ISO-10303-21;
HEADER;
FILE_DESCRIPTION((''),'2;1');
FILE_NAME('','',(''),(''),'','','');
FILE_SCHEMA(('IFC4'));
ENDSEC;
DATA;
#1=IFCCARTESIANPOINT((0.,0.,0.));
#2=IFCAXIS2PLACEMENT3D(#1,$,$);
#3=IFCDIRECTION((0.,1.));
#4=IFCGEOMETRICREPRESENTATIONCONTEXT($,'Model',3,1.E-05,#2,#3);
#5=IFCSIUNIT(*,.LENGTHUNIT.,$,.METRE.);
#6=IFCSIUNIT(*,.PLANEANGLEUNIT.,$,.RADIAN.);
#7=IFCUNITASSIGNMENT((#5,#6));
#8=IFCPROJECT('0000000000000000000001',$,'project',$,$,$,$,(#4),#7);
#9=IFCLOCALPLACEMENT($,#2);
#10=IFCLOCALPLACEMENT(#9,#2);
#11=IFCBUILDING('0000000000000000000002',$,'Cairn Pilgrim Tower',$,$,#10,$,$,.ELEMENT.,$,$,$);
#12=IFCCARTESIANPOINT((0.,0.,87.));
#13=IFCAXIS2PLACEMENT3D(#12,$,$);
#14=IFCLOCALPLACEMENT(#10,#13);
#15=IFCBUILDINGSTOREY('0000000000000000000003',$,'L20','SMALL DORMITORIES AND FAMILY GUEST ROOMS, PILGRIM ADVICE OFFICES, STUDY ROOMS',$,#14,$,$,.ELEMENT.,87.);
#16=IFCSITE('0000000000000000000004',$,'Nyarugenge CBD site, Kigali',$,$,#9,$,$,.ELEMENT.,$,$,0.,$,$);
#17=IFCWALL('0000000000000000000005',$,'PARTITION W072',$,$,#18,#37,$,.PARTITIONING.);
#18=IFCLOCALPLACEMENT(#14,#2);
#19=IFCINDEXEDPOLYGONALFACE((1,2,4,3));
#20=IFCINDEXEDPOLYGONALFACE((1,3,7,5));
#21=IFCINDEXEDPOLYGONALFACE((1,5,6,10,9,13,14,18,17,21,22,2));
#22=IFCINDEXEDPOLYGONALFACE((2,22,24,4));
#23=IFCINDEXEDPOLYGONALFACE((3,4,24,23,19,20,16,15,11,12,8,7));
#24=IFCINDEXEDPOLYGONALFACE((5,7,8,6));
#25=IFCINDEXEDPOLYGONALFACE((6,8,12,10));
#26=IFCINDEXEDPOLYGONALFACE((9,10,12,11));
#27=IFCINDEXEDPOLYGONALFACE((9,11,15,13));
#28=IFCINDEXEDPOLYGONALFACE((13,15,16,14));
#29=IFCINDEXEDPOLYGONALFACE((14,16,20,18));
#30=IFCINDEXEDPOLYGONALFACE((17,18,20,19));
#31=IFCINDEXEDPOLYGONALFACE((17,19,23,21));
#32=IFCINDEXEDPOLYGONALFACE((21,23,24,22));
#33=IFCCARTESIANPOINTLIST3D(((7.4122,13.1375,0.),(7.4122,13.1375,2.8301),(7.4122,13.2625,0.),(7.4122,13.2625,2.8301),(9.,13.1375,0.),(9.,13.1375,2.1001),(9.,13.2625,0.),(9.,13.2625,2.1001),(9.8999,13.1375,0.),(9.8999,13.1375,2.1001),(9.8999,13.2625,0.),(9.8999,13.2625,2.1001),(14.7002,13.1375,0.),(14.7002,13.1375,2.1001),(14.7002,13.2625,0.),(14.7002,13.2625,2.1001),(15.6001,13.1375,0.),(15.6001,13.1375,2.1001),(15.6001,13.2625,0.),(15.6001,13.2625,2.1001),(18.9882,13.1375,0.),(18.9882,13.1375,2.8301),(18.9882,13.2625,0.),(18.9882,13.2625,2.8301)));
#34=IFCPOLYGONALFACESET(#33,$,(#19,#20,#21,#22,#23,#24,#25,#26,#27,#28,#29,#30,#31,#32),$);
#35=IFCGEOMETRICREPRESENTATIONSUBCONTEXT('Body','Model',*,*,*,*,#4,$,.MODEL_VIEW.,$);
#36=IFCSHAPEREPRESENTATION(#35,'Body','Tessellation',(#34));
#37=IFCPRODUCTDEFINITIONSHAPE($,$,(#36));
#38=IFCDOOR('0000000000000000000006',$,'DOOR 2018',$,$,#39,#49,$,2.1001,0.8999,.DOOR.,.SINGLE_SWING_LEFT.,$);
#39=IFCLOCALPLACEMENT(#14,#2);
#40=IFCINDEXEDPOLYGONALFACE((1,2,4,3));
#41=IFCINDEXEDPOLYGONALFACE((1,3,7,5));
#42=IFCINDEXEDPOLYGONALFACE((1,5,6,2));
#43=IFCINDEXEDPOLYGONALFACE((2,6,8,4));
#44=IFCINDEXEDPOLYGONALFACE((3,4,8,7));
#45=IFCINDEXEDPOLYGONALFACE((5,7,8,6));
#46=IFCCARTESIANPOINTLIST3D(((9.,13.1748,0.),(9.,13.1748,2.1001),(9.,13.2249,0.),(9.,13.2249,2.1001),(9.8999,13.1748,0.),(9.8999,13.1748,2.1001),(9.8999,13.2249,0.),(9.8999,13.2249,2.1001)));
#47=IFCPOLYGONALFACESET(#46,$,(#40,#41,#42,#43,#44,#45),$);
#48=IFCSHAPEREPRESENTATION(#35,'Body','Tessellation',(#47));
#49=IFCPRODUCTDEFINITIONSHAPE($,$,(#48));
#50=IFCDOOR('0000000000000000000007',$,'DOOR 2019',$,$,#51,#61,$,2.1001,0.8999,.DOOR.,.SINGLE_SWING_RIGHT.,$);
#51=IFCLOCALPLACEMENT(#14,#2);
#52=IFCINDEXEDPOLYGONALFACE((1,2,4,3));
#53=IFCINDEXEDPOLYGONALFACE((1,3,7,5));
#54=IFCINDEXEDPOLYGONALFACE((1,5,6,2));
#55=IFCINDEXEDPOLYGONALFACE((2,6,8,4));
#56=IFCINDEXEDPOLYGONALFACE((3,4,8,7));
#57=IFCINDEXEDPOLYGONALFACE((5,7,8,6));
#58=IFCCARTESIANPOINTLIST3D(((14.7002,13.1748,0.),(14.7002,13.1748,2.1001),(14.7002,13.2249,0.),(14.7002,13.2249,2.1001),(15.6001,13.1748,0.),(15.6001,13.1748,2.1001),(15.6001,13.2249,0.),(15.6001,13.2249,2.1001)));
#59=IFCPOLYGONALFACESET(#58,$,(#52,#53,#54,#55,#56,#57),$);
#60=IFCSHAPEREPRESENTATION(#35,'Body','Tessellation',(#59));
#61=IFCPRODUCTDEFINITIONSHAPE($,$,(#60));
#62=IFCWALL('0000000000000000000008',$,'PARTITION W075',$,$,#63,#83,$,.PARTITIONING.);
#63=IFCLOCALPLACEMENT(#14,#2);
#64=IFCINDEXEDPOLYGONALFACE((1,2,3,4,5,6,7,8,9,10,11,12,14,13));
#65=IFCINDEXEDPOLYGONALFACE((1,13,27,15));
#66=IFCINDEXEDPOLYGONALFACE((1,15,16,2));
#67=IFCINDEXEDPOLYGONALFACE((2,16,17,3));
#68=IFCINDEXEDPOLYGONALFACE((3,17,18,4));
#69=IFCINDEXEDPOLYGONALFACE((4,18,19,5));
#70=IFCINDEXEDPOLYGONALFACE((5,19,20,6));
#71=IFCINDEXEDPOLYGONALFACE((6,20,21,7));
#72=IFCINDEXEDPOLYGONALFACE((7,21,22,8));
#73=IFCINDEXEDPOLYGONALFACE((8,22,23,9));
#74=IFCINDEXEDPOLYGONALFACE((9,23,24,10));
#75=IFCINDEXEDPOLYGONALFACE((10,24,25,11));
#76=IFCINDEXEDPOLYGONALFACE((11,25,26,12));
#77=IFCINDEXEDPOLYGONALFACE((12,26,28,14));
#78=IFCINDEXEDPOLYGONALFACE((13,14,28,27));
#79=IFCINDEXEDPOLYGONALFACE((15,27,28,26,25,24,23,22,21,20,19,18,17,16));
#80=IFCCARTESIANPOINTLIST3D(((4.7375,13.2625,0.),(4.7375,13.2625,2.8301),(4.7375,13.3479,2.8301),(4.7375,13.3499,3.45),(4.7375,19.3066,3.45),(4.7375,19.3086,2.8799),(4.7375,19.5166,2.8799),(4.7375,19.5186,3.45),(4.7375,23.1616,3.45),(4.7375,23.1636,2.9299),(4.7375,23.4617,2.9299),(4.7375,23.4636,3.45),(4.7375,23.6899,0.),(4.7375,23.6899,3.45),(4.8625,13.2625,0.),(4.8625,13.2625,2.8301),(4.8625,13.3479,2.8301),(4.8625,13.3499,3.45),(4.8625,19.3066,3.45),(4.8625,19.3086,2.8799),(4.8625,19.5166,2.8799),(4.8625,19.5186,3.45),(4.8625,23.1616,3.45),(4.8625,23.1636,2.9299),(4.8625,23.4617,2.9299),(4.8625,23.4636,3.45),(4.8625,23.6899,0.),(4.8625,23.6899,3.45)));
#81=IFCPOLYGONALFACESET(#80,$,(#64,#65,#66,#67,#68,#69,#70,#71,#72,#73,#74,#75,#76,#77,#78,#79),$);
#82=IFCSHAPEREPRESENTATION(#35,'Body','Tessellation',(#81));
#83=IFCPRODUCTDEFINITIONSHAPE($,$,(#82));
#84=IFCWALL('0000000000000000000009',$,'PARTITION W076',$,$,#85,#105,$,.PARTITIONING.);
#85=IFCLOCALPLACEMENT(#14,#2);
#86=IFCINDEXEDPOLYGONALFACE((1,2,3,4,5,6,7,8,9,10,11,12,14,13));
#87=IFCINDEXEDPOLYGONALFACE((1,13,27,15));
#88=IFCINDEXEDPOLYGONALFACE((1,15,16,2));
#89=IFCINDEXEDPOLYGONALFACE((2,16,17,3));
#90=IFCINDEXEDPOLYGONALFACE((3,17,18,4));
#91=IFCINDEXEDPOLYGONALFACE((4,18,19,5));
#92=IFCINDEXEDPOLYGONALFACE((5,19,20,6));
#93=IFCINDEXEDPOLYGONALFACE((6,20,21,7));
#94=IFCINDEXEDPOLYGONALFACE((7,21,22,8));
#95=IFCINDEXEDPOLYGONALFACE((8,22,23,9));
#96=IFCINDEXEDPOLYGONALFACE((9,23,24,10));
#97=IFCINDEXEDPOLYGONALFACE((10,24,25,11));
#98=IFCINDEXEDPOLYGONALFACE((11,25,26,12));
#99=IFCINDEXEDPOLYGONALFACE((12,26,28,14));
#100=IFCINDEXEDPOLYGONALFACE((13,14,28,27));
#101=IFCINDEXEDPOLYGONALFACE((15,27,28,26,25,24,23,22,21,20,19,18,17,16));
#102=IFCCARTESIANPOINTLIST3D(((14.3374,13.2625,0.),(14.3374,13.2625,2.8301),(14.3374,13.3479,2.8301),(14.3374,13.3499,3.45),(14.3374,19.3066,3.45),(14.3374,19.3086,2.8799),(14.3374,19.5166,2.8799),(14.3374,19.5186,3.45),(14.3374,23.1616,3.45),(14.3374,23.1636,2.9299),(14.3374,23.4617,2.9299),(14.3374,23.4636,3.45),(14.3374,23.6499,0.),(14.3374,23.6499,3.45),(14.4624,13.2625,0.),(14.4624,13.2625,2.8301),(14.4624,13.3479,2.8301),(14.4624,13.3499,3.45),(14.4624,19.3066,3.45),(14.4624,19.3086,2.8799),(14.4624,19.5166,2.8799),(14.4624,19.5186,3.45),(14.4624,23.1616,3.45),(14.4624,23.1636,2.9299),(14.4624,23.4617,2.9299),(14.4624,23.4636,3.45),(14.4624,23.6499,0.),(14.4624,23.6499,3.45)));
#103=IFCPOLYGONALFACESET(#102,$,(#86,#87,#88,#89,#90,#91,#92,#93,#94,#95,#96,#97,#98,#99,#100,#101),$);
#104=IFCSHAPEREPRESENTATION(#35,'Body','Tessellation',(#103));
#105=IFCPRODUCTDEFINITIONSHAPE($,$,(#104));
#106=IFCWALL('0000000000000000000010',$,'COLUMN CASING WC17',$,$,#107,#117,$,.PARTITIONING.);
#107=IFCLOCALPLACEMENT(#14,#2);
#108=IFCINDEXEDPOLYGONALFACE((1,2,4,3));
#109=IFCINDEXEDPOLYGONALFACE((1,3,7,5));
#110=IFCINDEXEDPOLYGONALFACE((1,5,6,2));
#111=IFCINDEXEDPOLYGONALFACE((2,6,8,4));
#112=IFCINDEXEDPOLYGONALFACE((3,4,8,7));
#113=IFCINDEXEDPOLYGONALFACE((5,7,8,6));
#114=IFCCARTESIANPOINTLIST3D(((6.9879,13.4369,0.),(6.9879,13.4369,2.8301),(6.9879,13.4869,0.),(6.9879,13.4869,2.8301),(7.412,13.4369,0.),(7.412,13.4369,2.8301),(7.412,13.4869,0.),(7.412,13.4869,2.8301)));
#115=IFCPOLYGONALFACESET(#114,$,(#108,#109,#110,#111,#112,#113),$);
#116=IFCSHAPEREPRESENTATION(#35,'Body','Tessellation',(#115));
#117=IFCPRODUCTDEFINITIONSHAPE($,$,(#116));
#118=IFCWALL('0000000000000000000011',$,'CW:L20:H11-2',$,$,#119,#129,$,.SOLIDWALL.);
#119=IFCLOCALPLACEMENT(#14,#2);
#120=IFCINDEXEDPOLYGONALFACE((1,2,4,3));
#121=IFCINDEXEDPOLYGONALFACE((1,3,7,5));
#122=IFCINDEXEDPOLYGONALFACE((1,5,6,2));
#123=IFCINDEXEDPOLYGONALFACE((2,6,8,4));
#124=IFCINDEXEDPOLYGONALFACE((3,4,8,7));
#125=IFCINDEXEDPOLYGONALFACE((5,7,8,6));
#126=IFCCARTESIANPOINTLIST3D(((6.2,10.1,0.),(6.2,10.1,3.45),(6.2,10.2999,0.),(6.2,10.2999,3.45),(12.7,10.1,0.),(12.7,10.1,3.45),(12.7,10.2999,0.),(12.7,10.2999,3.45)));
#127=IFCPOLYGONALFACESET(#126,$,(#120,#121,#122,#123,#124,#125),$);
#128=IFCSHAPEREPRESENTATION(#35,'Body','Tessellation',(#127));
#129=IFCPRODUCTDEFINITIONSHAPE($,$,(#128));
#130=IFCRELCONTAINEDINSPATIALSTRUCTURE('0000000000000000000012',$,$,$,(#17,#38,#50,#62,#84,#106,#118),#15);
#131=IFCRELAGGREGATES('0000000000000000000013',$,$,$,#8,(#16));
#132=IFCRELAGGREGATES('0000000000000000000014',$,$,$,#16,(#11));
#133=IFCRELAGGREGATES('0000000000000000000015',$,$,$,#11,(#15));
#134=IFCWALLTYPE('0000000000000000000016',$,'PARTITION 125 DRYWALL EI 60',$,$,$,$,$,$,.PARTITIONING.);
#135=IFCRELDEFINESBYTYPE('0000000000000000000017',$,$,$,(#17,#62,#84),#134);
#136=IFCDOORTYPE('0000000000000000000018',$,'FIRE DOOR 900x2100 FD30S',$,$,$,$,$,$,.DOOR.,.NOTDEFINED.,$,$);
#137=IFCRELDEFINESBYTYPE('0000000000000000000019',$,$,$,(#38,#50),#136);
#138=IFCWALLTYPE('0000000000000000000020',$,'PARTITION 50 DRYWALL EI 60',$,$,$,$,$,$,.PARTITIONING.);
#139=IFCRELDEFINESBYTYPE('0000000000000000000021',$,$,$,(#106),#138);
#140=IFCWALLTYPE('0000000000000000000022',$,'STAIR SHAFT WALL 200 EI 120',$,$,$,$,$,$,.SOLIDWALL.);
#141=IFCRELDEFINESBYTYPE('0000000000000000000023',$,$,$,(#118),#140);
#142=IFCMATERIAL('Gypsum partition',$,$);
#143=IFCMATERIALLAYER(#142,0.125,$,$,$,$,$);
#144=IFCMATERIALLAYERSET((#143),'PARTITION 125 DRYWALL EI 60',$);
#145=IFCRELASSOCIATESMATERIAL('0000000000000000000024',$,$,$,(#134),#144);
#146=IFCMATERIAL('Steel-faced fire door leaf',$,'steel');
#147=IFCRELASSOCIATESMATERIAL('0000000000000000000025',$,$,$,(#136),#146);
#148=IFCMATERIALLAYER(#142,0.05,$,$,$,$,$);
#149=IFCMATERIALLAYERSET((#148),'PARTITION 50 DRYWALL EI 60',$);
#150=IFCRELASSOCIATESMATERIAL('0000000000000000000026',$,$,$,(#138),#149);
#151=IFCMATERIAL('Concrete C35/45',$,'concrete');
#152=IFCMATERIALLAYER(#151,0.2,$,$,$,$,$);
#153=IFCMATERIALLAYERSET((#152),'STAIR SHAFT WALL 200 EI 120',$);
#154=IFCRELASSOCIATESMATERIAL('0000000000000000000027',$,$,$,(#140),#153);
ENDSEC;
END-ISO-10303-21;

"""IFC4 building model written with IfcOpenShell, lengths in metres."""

from ifc_helpers import new_model, si_unit, direction, frame, frame_2d, origin, place, context, subcontext, project, spatial, polyline, rectangle, outline, extrude, material, layer, layer_set, type_object, element, fill, save


model = new_model("IFC4")

# Units and contexts
model_context = context("Model", 3, precision=1e-05, world=origin(), true_north=direction((0.0, 1.0)))
body_context = subcontext(model_context, "Body", "Model", "MODEL_VIEW")
ifc_project = project(units=[si_unit("LENGTHUNIT", "METRE"), si_unit("PLANEANGLEUNIT", "RADIAN")], contexts=[model_context])

# Site, building, storey
site_placement = place(None, origin())
site = spatial("IfcSite", under=ifc_project, at=site_placement, Name="Nyarugenge CBD site, Kigali", CompositionType="ELEMENT", RefElevation=0.0)
building_placement = place(site_placement, origin())
building = spatial("IfcBuilding", under=site, at=building_placement, Name="Cairn Pilgrim Tower", CompositionType="ELEMENT")
storey_placement = place(building_placement, frame((0.0, 0.0, 87.0)))
storey = spatial("IfcBuildingStorey", under=building, at=storey_placement, Name="L20", Description="SMALL DORMITORIES AND FAMILY GUEST ROOMS, PILGRIM ADVICE OFFICES, STUDY ROOMS", CompositionType="ELEMENT", Elevation=87.0)

# Wall, openings, doors
ifc_material_1 = material(Name="Gypsum partition")
ifc_layer_1 = layer(ifc_material_1, 0.125)
ifc_layer_set_1 = layer_set([ifc_layer_1], Name="PARTITION 125 DRYWALL EI 60")
wall_type_1 = type_object("IfcWallType", Name="PARTITION 125 DRYWALL EI 60", PredefinedType="PARTITIONING", material=ifc_layer_set_1)
wall_1_placement = place(storey_placement, frame((7.4121, 13.2, 0.0), z_axis=(0.0, 0.0, 1.0), x_axis=(1.0, 0.0, 0.0)))
wall_1 = element("IfcWall", 1, at=wall_1_placement, inside=storey, type_object=wall_type_1, Name="PARTITION W072", PredefinedType="PARTITIONING", context=body_context, shape_type="SweptSolid", body=[
    extrude(rectangle(XDim=11.5759, YDim=0.125, at=frame_2d((5.7881, 0.0))), origin(), (0.0, 0.0, 1.0), 2.8301),
])
opening_1_placement = place(wall_1_placement, frame((1.5879, 0.0, 0.0)))
opening_1 = element("IfcOpeningElement", 2, at=opening_1_placement, cuts=wall_1, PredefinedType="OPENING", context=body_context, shape_type="SweptSolid", body=[
    extrude(rectangle(XDim=0.8999, YDim=2.1001, at=frame_2d((0.45, 1.05))), frame((0.0, 0.0725, 0.0), z_axis=(0.0, -1.0, 0.0), x_axis=(1.0, 0.0, 0.0)), (0.0, 0.0, 1.0), 0.145),
])
opening_2_placement = place(wall_1_placement, frame((7.2881, 0.0, 0.0)))
opening_2 = element("IfcOpeningElement", 3, at=opening_2_placement, cuts=wall_1, PredefinedType="OPENING", context=body_context, shape_type="SweptSolid", body=[
    extrude(rectangle(XDim=0.8999, YDim=2.1001, at=frame_2d((0.45, 1.05))), frame((0.0, 0.0725, 0.0), z_axis=(0.0, -1.0, 0.0), x_axis=(1.0, 0.0, 0.0)), (0.0, 0.0, 1.0), 0.145),
])
ifc_material_2 = material(Name="Steel-faced fire door leaf", Category="steel")
door_type_1 = type_object("IfcDoorType", Name="FIRE DOOR 900x2100 FD30S", OperationType="NOTDEFINED", PredefinedType="DOOR", material=ifc_material_2)
door_1_placement = place(opening_1_placement, origin())
door_1 = element("IfcDoor", 4, at=door_1_placement, inside=storey, type_object=door_type_1, Name="DOOR 2018", OperationType="SINGLE_SWING_LEFT", OverallHeight=2.1001, OverallWidth=0.8999, PredefinedType="DOOR", context=body_context, shape_type="SweptSolid", body=[
    extrude(rectangle(XDim=0.8999, YDim=2.1001, at=frame_2d((0.45, 1.05))), frame((0.0, 0.0249, 0.0), z_axis=(0.0, -1.0, 0.0), x_axis=(1.0, 0.0, 0.0)), (0.0, 0.0, 1.0), 0.05),
])
fill(opening_1, door_1)
door_2_placement = place(opening_2_placement, origin())
door_2 = element("IfcDoor", 5, at=door_2_placement, inside=storey, type_object=door_type_1, Name="DOOR 2019", OperationType="SINGLE_SWING_RIGHT", OverallHeight=2.1001, OverallWidth=0.8999, PredefinedType="DOOR", context=body_context, shape_type="SweptSolid", body=[
    extrude(rectangle(XDim=0.8999, YDim=2.1001, at=frame_2d((0.45, 1.05))), frame((0.0, 0.0249, 0.0), z_axis=(0.0, -1.0, 0.0), x_axis=(1.0, 0.0, 0.0)), (0.0, 0.0, 1.0), 0.05),
])
fill(opening_2, door_2)

# Walls
wall_2_placement = place(storey_placement, frame((4.8, 13.2625, 0.0), z_axis=(0.0, 0.0, 1.0), x_axis=(0.0, 1.0, 0.0)))
element("IfcWall", 6, at=wall_2_placement, inside=storey, type_object=wall_type_1, Name="PARTITION W075", PredefinedType="PARTITIONING", context=body_context, shape_type="SweptSolid", body=[
    extrude(outline(polyline([(0.0, 0.0), (10.4275, 0.0), (10.4275, 3.45), (10.2012, 3.45), (10.1992, 2.9299), (9.9011, 2.9299), (9.8992, 3.45), (6.2561, 3.45), (6.2542, 2.8799), (6.0461, 2.8799), (6.0442, 3.45), (0.0874, 3.45), (0.0854, 2.8301), (0.0, 2.8301), (0.0, 0.0)])), frame((0.0, 0.0625, 0.0), z_axis=(0.0, -1.0, 0.0), x_axis=(1.0, 0.0, 0.0)), (0.0, 0.0, 1.0), 0.125),
])
wall_3_placement = place(storey_placement, frame((14.3999, 13.2625, 0.0), z_axis=(0.0, 0.0, 1.0), x_axis=(0.0, 1.0, 0.0)))
element("IfcWall", 7, at=wall_3_placement, inside=storey, type_object=wall_type_1, Name="PARTITION W076", PredefinedType="PARTITIONING", context=body_context, shape_type="SweptSolid", body=[
    extrude(outline(polyline([(0.0, 0.0), (10.3875, 0.0), (10.3875, 3.45), (10.2012, 3.45), (10.1992, 2.9299), (9.9011, 2.9299), (9.8992, 3.45), (6.2561, 3.45), (6.2542, 2.8799), (6.0461, 2.8799), (6.0442, 3.45), (0.0874, 3.45), (0.0854, 2.8301), (0.0, 2.8301), (0.0, 0.0)])), frame((0.0, 0.0625, 0.0), z_axis=(0.0, -1.0, 0.0), x_axis=(1.0, 0.0, 0.0)), (0.0, 0.0, 1.0), 0.125),
])
ifc_layer_2 = layer(ifc_material_1, 0.05)
ifc_layer_set_2 = layer_set([ifc_layer_2], Name="PARTITION 50 DRYWALL EI 60")
wall_type_2 = type_object("IfcWallType", Name="PARTITION 50 DRYWALL EI 60", PredefinedType="PARTITIONING", material=ifc_layer_set_2)
wall_4_placement = place(storey_placement, frame((6.988, 13.4619, 0.0), z_axis=(0.0, 0.0, 1.0), x_axis=(1.0, 0.0, 0.0)))
element("IfcWall", 8, at=wall_4_placement, inside=storey, type_object=wall_type_2, Name="COLUMN CASING WC17", PredefinedType="PARTITIONING", context=body_context, shape_type="SweptSolid", body=[
    extrude(rectangle(XDim=0.4241, YDim=0.05, at=frame_2d((0.2119, 0.0))), origin(), (0.0, 0.0, 1.0), 2.8301),
])
ifc_material_3 = material(Name="Concrete C35/45", Category="concrete")
ifc_layer_3 = layer(ifc_material_3, 0.2)
ifc_layer_set_3 = layer_set([ifc_layer_3], Name="STAIR SHAFT WALL 200 EI 120")
wall_type_3 = type_object("IfcWallType", Name="STAIR SHAFT WALL 200 EI 120", PredefinedType="SOLIDWALL", material=ifc_layer_set_3)
wall_5_placement = place(storey_placement, frame((6.2, 10.2, 0.0), z_axis=(0.0, 0.0, 1.0), x_axis=(1.0, 0.0, 0.0)))
element("IfcWall", 9, at=wall_5_placement, inside=storey, type_object=wall_type_3, Name="CW:L20:H11-2", PredefinedType="SOLIDWALL", context=body_context, shape_type="SweptSolid", body=[
    extrude(rectangle(XDim=6.5, YDim=0.2, at=frame_2d((3.25, 0.0))), origin(), (0.0, 0.0, 1.0), 3.45),
])

save(model, "model.ifc")
